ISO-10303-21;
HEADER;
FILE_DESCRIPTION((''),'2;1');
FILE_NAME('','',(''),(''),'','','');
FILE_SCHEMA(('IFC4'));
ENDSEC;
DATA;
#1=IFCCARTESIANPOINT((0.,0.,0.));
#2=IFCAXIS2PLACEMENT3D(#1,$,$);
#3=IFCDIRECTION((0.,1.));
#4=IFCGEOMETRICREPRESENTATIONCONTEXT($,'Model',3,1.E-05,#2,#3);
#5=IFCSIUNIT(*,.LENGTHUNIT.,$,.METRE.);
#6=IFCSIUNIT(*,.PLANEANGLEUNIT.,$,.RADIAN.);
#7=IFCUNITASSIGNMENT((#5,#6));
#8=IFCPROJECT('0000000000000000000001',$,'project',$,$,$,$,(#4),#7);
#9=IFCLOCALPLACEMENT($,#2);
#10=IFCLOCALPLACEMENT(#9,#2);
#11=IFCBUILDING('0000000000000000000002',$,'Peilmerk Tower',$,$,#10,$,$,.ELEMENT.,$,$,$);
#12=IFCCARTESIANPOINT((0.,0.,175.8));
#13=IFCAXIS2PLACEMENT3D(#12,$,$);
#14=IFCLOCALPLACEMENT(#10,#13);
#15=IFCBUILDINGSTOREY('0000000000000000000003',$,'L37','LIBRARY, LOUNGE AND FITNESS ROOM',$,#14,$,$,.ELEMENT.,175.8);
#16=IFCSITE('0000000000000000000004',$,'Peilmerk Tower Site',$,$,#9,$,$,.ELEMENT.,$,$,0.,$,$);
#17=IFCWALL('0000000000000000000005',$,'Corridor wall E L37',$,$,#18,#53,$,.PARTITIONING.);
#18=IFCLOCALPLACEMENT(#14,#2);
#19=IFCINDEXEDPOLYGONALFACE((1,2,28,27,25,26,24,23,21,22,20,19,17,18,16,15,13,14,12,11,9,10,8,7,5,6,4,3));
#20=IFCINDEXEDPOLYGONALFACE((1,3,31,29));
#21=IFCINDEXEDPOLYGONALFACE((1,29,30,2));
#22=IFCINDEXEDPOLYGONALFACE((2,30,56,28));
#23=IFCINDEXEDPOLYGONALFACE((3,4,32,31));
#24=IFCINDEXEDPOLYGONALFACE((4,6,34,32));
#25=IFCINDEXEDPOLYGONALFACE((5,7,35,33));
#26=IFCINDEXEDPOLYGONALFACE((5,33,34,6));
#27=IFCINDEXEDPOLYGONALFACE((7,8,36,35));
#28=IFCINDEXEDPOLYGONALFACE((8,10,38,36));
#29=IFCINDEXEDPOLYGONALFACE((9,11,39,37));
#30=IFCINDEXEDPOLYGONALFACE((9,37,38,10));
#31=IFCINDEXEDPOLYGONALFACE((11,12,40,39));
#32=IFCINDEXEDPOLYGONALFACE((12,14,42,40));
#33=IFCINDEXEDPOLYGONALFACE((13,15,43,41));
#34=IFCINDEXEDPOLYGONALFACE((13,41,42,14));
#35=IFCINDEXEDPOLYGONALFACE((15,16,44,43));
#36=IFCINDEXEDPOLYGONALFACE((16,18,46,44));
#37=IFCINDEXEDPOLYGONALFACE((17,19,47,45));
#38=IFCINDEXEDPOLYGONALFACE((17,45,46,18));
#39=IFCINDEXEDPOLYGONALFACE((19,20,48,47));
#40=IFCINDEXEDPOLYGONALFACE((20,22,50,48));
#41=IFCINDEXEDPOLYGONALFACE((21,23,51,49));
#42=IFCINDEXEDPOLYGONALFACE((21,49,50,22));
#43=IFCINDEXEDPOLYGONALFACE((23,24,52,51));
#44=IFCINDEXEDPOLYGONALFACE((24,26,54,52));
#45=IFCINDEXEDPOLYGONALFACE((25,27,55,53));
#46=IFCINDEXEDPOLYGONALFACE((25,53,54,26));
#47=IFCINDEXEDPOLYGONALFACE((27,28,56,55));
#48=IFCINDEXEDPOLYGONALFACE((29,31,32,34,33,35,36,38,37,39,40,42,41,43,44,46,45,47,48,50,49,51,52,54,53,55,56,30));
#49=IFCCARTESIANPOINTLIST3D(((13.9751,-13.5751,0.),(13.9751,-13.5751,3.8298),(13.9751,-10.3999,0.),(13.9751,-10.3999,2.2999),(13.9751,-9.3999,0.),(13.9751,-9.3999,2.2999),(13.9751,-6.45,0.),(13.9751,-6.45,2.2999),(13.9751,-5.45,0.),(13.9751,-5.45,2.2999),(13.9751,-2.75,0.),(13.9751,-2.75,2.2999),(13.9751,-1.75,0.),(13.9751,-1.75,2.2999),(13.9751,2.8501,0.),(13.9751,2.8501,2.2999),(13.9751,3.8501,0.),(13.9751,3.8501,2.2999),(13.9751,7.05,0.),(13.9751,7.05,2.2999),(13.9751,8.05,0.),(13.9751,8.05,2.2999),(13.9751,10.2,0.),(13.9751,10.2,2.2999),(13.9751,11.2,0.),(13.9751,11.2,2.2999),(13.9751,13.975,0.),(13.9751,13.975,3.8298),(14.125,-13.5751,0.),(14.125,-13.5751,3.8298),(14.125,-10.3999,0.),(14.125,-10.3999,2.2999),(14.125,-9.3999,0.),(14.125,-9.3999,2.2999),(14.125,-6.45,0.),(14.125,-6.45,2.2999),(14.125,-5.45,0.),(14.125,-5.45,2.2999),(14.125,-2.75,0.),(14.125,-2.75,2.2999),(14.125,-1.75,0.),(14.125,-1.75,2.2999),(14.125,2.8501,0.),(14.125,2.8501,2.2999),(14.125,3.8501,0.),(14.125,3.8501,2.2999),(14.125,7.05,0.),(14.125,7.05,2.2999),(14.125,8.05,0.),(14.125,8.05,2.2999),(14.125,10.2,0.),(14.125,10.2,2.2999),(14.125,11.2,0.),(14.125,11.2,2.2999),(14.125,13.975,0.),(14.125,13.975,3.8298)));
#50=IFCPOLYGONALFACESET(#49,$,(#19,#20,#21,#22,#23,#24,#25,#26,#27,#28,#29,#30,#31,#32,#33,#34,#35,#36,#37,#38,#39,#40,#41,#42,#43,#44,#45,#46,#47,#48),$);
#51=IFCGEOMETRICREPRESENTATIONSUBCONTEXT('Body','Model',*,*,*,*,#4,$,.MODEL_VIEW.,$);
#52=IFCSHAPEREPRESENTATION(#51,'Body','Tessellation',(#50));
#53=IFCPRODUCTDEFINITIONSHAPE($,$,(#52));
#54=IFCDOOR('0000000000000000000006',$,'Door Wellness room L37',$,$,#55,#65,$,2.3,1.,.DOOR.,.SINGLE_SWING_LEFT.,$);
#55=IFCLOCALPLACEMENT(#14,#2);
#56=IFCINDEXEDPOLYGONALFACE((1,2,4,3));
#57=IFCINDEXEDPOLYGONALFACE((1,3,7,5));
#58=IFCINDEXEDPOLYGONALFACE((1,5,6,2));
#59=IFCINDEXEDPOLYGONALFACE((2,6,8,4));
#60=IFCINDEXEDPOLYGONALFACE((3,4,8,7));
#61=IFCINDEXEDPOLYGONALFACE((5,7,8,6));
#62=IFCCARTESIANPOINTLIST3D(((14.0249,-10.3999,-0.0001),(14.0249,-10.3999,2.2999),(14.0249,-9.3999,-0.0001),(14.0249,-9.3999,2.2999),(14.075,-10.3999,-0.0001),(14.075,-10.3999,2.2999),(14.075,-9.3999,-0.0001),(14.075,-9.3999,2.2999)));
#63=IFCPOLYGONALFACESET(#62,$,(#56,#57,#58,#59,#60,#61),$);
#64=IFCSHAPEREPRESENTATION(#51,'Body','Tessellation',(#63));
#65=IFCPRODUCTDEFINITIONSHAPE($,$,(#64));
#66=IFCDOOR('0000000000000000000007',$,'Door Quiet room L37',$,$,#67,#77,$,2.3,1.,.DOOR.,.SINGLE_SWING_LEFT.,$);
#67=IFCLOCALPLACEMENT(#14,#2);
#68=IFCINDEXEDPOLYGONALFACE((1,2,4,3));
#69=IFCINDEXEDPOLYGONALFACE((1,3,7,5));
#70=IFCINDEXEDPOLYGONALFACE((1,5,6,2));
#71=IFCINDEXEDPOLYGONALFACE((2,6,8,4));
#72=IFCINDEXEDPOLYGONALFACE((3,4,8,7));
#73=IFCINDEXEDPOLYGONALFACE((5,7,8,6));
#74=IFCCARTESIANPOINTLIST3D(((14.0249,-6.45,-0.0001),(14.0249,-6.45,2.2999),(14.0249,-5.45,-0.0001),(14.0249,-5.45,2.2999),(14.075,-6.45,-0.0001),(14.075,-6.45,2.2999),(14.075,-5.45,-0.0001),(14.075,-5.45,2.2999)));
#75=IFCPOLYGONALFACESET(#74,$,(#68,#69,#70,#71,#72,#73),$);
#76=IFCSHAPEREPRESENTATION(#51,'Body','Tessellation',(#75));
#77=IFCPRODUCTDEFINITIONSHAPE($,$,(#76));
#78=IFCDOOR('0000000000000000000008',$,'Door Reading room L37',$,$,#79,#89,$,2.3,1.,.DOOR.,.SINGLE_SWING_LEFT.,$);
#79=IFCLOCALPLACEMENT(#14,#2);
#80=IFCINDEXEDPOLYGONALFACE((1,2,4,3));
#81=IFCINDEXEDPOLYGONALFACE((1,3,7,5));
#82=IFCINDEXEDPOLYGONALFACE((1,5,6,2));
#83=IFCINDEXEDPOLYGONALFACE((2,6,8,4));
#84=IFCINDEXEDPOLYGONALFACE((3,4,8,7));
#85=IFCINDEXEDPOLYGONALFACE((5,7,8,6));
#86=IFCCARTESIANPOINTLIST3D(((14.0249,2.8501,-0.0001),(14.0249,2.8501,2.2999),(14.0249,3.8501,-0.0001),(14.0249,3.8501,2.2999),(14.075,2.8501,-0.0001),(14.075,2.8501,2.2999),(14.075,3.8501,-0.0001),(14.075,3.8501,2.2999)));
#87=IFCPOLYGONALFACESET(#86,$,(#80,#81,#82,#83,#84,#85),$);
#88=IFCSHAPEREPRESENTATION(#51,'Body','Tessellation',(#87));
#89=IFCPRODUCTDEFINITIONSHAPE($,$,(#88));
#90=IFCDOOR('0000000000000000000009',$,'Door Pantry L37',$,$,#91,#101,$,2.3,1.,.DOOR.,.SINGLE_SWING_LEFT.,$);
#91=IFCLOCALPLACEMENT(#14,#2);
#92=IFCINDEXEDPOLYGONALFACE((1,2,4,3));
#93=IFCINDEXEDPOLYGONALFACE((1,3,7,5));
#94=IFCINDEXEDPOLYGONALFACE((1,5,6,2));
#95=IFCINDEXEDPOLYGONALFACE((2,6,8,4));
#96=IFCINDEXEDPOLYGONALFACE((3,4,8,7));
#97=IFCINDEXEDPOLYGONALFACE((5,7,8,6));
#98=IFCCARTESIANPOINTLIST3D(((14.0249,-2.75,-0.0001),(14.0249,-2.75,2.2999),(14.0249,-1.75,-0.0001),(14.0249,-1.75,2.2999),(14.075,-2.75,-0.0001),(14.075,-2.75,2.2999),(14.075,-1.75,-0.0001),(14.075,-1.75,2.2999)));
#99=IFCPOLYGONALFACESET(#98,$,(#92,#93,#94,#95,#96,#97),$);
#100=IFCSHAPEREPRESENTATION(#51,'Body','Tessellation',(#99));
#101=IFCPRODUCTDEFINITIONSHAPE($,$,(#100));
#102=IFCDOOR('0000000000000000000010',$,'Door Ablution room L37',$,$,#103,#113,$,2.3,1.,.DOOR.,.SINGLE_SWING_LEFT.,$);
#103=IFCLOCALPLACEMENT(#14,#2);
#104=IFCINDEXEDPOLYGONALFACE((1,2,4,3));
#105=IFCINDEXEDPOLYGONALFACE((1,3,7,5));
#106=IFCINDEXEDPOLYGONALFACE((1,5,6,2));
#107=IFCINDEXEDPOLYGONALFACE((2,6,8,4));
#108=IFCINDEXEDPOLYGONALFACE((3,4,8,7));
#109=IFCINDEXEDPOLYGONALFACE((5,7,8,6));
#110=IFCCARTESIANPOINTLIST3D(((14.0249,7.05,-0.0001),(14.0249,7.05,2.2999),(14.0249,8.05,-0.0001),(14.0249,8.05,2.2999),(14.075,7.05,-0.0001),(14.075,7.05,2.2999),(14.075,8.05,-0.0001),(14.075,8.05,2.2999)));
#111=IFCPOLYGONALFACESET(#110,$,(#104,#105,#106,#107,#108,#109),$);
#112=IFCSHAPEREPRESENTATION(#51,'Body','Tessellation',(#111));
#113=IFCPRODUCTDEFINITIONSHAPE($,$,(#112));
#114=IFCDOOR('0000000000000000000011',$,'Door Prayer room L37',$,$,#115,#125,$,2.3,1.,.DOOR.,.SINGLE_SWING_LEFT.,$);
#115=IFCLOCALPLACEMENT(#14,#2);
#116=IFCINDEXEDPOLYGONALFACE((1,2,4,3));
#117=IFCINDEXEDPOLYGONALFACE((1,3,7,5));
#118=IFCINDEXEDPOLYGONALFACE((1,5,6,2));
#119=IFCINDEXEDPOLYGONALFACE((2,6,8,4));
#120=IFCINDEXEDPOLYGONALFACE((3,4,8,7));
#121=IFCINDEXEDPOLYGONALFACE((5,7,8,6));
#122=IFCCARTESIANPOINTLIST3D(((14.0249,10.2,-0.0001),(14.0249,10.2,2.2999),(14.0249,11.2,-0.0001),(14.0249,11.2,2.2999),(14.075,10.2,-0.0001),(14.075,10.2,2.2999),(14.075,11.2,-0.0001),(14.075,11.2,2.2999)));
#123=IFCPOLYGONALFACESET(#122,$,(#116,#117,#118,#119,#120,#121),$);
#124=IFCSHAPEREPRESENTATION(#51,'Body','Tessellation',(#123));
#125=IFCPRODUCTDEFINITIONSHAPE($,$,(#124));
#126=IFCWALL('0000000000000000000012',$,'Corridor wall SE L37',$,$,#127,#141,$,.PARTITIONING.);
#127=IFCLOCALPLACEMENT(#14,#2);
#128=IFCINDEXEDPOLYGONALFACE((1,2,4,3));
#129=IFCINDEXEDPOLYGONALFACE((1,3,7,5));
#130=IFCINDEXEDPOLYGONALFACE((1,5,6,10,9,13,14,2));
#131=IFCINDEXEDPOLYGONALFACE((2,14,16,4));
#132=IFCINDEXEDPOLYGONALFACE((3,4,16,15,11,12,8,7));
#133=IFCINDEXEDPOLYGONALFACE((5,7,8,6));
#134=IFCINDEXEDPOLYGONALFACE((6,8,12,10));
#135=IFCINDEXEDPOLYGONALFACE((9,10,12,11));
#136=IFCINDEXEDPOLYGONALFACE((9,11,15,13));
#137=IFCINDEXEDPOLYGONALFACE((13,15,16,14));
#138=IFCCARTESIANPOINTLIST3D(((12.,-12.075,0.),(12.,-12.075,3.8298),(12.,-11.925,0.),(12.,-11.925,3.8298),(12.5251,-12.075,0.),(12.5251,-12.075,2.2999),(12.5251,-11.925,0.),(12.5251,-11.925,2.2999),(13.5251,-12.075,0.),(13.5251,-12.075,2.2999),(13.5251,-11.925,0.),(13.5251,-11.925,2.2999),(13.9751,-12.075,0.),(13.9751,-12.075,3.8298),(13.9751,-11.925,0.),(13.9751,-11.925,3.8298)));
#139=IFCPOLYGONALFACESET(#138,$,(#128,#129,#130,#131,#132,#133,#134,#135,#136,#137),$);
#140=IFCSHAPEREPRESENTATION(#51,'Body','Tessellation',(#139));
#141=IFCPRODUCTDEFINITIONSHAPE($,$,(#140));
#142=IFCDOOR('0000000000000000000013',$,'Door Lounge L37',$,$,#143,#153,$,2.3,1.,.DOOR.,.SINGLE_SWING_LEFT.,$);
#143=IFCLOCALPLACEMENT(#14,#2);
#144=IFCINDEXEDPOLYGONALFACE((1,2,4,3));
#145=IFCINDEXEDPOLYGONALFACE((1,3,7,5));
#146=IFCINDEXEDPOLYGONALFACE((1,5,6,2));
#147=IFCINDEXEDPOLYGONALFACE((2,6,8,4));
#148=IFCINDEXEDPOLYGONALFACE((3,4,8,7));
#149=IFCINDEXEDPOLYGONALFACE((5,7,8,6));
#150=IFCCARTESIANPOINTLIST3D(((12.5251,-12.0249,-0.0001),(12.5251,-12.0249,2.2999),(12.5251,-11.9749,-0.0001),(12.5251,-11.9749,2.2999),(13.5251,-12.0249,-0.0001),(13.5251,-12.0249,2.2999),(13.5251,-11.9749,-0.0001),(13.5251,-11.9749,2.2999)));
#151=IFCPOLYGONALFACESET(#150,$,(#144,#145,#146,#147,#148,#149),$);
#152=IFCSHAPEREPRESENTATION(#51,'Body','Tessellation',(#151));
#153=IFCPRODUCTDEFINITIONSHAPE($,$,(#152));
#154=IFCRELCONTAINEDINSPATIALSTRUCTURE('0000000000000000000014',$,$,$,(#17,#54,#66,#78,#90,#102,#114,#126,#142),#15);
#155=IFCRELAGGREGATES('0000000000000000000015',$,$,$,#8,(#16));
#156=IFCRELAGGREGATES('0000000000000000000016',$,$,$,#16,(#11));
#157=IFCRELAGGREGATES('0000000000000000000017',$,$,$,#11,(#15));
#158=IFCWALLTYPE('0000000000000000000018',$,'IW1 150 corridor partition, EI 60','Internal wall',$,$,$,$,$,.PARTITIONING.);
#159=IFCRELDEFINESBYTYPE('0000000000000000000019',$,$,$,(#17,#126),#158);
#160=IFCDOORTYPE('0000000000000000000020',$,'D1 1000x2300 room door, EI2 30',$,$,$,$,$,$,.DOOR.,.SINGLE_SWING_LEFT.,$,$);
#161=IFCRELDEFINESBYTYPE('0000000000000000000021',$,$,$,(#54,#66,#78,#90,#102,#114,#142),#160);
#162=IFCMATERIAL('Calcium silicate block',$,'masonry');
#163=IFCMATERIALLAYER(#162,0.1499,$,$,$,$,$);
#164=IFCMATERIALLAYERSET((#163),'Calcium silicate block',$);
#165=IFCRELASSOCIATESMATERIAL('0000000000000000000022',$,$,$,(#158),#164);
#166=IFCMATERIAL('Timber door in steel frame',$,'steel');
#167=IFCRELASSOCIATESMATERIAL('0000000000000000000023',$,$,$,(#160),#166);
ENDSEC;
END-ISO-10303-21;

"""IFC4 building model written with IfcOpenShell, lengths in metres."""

from ifc_helpers import new_model, si_unit, direction, frame, frame_2d, origin, place, context, subcontext, project, spatial, rectangle, extrude, material, layer, layer_set, type_object, element, fill, save


model = new_model("IFC4")

# Units and contexts
model_context = context("Model", 3, precision=1e-05, world=origin(), true_north=direction((0.0, 1.0)))
body_context = subcontext(model_context, "Body", "Model", "MODEL_VIEW")
ifc_project = project(units=[si_unit("LENGTHUNIT", "METRE"), si_unit("PLANEANGLEUNIT", "RADIAN")], contexts=[model_context])

# Site, building, storey
site_placement = place(None, origin())
site = spatial("IfcSite", under=ifc_project, at=site_placement, Name="Peilmerk Tower Site", CompositionType="ELEMENT", RefElevation=0.0)
building_placement = place(site_placement, origin())
building = spatial("IfcBuilding", under=site, at=building_placement, Name="Peilmerk Tower", CompositionType="ELEMENT")
storey_placement = place(building_placement, frame((0.0, 0.0, 175.8)))
storey = spatial("IfcBuildingStorey", under=building, at=storey_placement, Name="L37", Description="LIBRARY, LOUNGE AND FITNESS ROOM", CompositionType="ELEMENT", Elevation=175.8)

# Wall, openings, doors
ifc_material_1 = material(Name="Calcium silicate block", Category="masonry")
ifc_layer_1 = layer(ifc_material_1, 0.1499)
ifc_layer_set_1 = layer_set([ifc_layer_1], Name="Calcium silicate block")
wall_type_1 = type_object("IfcWallType", Name="IW1 150 corridor partition, EI 60", Description="Internal wall", PredefinedType="PARTITIONING", material=ifc_layer_set_1)
wall_1_placement = place(storey_placement, frame((14.05, -13.575, 0.0), z_axis=(0.0, 0.0, 1.0), x_axis=(0.0, 1.0, 0.0)))
wall_1 = element("IfcWall", 1, at=wall_1_placement, inside=storey, type_object=wall_type_1, Name="Corridor wall E L37", PredefinedType="PARTITIONING", context=body_context, shape_type="SweptSolid", body=[
    extrude(rectangle(XDim=27.55, YDim=0.1499, at=frame_2d((13.7749, 0.0))), origin(), (0.0, 0.0, 1.0), 3.8298),
])
opening_1_placement = place(wall_1_placement, frame((3.175, 0.0, 0.0)))
opening_1 = element("IfcOpeningElement", 2, at=opening_1_placement, cuts=wall_1, PredefinedType="OPENING", context=body_context, shape_type="SweptSolid", body=[
    extrude(rectangle(XDim=1.0, YDim=2.3, at=frame_2d((0.5, 1.1499))), frame((0.0, 0.085, 0.0), z_axis=(0.0, -1.0, 0.0), x_axis=(1.0, 0.0, 0.0)), (0.0, 0.0, 1.0), 0.1699),
])
opening_2_placement = place(wall_1_placement, frame((7.125, 0.0, 0.0)))
opening_2 = element("IfcOpeningElement", 3, at=opening_2_placement, cuts=wall_1, PredefinedType="OPENING", context=body_context, shape_type="SweptSolid", body=[
    extrude(rectangle(XDim=1.0, YDim=2.3, at=frame_2d((0.5, 1.1499))), frame((0.0, 0.085, 0.0), z_axis=(0.0, -1.0, 0.0), x_axis=(1.0, 0.0, 0.0)), (0.0, 0.0, 1.0), 0.1699),
])
opening_3_placement = place(wall_1_placement, frame((16.425, 0.0, 0.0)))
opening_3 = element("IfcOpeningElement", 4, at=opening_3_placement, cuts=wall_1, PredefinedType="OPENING", context=body_context, shape_type="SweptSolid", body=[
    extrude(rectangle(XDim=1.0, YDim=2.3, at=frame_2d((0.5, 1.1499))), frame((0.0, 0.085, 0.0), z_axis=(0.0, -1.0, 0.0), x_axis=(1.0, 0.0, 0.0)), (0.0, 0.0, 1.0), 0.1699),
])
opening_4_placement = place(wall_1_placement, frame((10.825, 0.0, 0.0)))
opening_4 = element("IfcOpeningElement", 5, at=opening_4_placement, cuts=wall_1, PredefinedType="OPENING", context=body_context, shape_type="SweptSolid", body=[
    extrude(rectangle(XDim=1.0, YDim=2.3, at=frame_2d((0.5, 1.1499))), frame((0.0, 0.085, 0.0), z_axis=(0.0, -1.0, 0.0), x_axis=(1.0, 0.0, 0.0)), (0.0, 0.0, 1.0), 0.1699),
])
opening_5_placement = place(wall_1_placement, frame((20.625, 0.0, 0.0)))
opening_5 = element("IfcOpeningElement", 6, at=opening_5_placement, cuts=wall_1, PredefinedType="OPENING", context=body_context, shape_type="SweptSolid", body=[
    extrude(rectangle(XDim=1.0, YDim=2.3, at=frame_2d((0.5, 1.1499))), frame((0.0, 0.085, 0.0), z_axis=(0.0, -1.0, 0.0), x_axis=(1.0, 0.0, 0.0)), (0.0, 0.0, 1.0), 0.1699),
])
opening_6_placement = place(wall_1_placement, frame((23.7749, 0.0, 0.0)))
opening_6 = element("IfcOpeningElement", 7, at=opening_6_placement, cuts=wall_1, PredefinedType="OPENING", context=body_context, shape_type="SweptSolid", body=[
    extrude(rectangle(XDim=1.0, YDim=2.3, at=frame_2d((0.5, 1.1499))), frame((0.0, 0.085, 0.0), z_axis=(0.0, -1.0, 0.0), x_axis=(1.0, 0.0, 0.0)), (0.0, 0.0, 1.0), 0.1699),
])
ifc_material_2 = material(Name="Timber door in steel frame", Category="steel")
door_type = type_object("IfcDoorType", Name="D1 1000x2300 room door, EI2 30", OperationType="SINGLE_SWING_LEFT", PredefinedType="DOOR", material=ifc_material_2)
door_1_placement = place(opening_1_placement, frame((1.0, 0.0, 0.0), z_axis=(0.0, 0.0, 1.0), x_axis=(-1.0, 0.0, 0.0)))
door_1 = element("IfcDoor", 8, at=door_1_placement, inside=storey, type_object=door_type, Name="Door Wellness room L37", OperationType="SINGLE_SWING_LEFT", OverallHeight=2.3, OverallWidth=1.0, PredefinedType="DOOR", context=body_context, shape_type="SweptSolid", body=[
    extrude(rectangle(XDim=1.0, YDim=2.3, at=frame_2d((0.5, 1.1499))), frame((0.0, 0.0249, 0.0), z_axis=(0.0, -1.0, 0.0), x_axis=(1.0, 0.0, 0.0)), (0.0, 0.0, 1.0), 0.05),
])
fill(opening_1, door_1)
door_2_placement = place(opening_2_placement, frame((1.0, 0.0, 0.0), z_axis=(0.0, 0.0, 1.0), x_axis=(-1.0, 0.0, 0.0)))
door_2 = element("IfcDoor", 9, at=door_2_placement, inside=storey, type_object=door_type, Name="Door Quiet room L37", OperationType="SINGLE_SWING_LEFT", OverallHeight=2.3, OverallWidth=1.0, PredefinedType="DOOR", context=body_context, shape_type="SweptSolid", body=[
    extrude(rectangle(XDim=1.0, YDim=2.3, at=frame_2d((0.5, 1.1499))), frame((0.0, 0.0249, 0.0), z_axis=(0.0, -1.0, 0.0), x_axis=(1.0, 0.0, 0.0)), (0.0, 0.0, 1.0), 0.05),
])
fill(opening_2, door_2)
door_3_placement = place(opening_3_placement, frame((1.0, 0.0, 0.0), z_axis=(0.0, 0.0, 1.0), x_axis=(-1.0, 0.0, 0.0)))
door_3 = element("IfcDoor", 10, at=door_3_placement, inside=storey, type_object=door_type, Name="Door Reading room L37", OperationType="SINGLE_SWING_LEFT", OverallHeight=2.3, OverallWidth=1.0, PredefinedType="DOOR", context=body_context, shape_type="SweptSolid", body=[
    extrude(rectangle(XDim=1.0, YDim=2.3, at=frame_2d((0.5, 1.1499))), frame((0.0, 0.0249, 0.0), z_axis=(0.0, -1.0, 0.0), x_axis=(1.0, 0.0, 0.0)), (0.0, 0.0, 1.0), 0.05),
])
fill(opening_3, door_3)
door_4_placement = place(opening_4_placement, frame((1.0, 0.0, 0.0), z_axis=(0.0, 0.0, 1.0), x_axis=(-1.0, 0.0, 0.0)))
door_4 = element("IfcDoor", 11, at=door_4_placement, inside=storey, type_object=door_type, Name="Door Pantry L37", OperationType="SINGLE_SWING_LEFT", OverallHeight=2.3, OverallWidth=1.0, PredefinedType="DOOR", context=body_context, shape_type="SweptSolid", body=[
    extrude(rectangle(XDim=1.0, YDim=2.3, at=frame_2d((0.5, 1.1499))), frame((0.0, 0.0249, 0.0), z_axis=(0.0, -1.0, 0.0), x_axis=(1.0, 0.0, 0.0)), (0.0, 0.0, 1.0), 0.05),
])
fill(opening_4, door_4)
door_5_placement = place(opening_5_placement, frame((1.0, 0.0, 0.0), z_axis=(0.0, 0.0, 1.0), x_axis=(-1.0, 0.0, 0.0)))
door_5 = element("IfcDoor", 12, at=door_5_placement, inside=storey, type_object=door_type, Name="Door Ablution room L37", OperationType="SINGLE_SWING_LEFT", OverallHeight=2.3, OverallWidth=1.0, PredefinedType="DOOR", context=body_context, shape_type="SweptSolid", body=[
    extrude(rectangle(XDim=1.0, YDim=2.3, at=frame_2d((0.5, 1.1499))), frame((0.0, 0.0249, 0.0), z_axis=(0.0, -1.0, 0.0), x_axis=(1.0, 0.0, 0.0)), (0.0, 0.0, 1.0), 0.05),
])
fill(opening_5, door_5)
door_6_placement = place(opening_6_placement, frame((1.0, 0.0, 0.0), z_axis=(0.0, 0.0, 1.0), x_axis=(-1.0, 0.0, 0.0)))
door_6 = element("IfcDoor", 13, at=door_6_placement, inside=storey, type_object=door_type, Name="Door Prayer room L37", OperationType="SINGLE_SWING_LEFT", OverallHeight=2.3, OverallWidth=1.0, PredefinedType="DOOR", context=body_context, shape_type="SweptSolid", body=[
    extrude(rectangle(XDim=1.0, YDim=2.3, at=frame_2d((0.5, 1.1499))), frame((0.0, 0.0249, 0.0), z_axis=(0.0, -1.0, 0.0), x_axis=(1.0, 0.0, 0.0)), (0.0, 0.0, 1.0), 0.05),
])
fill(opening_6, door_6)

# Wall, opening, door
wall_2_placement = place(storey_placement, frame((13.9751, -12.0, 0.0), z_axis=(0.0, 0.0, 1.0), x_axis=(-1.0, 0.0, 0.0)))
wall_2 = element("IfcWall", 14, at=wall_2_placement, inside=storey, type_object=wall_type_1, Name="Corridor wall SE L37", PredefinedType="PARTITIONING", context=body_context, shape_type="SweptSolid", body=[
    extrude(rectangle(XDim=1.9751, YDim=0.1499, at=frame_2d((0.9875, 0.0))), origin(), (0.0, 0.0, 1.0), 3.8298),
])
opening_7_placement = place(wall_2_placement, frame((0.45, 0.0, 0.0)))
opening_7 = element("IfcOpeningElement", 15, at=opening_7_placement, cuts=wall_2, PredefinedType="OPENING", context=body_context, shape_type="SweptSolid", body=[
    extrude(rectangle(XDim=1.0, YDim=2.3, at=frame_2d((0.5, 1.1499))), frame((0.0, 0.085, 0.0), z_axis=(0.0, -1.0, 0.0), x_axis=(1.0, 0.0, 0.0)), (0.0, 0.0, 1.0), 0.1699),
])
door_7_placement = place(opening_7_placement, origin())
door_7 = element("IfcDoor", 16, at=door_7_placement, inside=storey, type_object=door_type, Name="Door Lounge L37", OperationType="SINGLE_SWING_LEFT", OverallHeight=2.3, OverallWidth=1.0, PredefinedType="DOOR", context=body_context, shape_type="SweptSolid", body=[
    extrude(rectangle(XDim=1.0, YDim=2.3, at=frame_2d((0.5, 1.1499))), frame((0.0, 0.0249, 0.0), z_axis=(0.0, -1.0, 0.0), x_axis=(1.0, 0.0, 0.0)), (0.0, 0.0, 1.0), 0.05),
])
fill(opening_7, door_7)

save(model, "model.ifc")
